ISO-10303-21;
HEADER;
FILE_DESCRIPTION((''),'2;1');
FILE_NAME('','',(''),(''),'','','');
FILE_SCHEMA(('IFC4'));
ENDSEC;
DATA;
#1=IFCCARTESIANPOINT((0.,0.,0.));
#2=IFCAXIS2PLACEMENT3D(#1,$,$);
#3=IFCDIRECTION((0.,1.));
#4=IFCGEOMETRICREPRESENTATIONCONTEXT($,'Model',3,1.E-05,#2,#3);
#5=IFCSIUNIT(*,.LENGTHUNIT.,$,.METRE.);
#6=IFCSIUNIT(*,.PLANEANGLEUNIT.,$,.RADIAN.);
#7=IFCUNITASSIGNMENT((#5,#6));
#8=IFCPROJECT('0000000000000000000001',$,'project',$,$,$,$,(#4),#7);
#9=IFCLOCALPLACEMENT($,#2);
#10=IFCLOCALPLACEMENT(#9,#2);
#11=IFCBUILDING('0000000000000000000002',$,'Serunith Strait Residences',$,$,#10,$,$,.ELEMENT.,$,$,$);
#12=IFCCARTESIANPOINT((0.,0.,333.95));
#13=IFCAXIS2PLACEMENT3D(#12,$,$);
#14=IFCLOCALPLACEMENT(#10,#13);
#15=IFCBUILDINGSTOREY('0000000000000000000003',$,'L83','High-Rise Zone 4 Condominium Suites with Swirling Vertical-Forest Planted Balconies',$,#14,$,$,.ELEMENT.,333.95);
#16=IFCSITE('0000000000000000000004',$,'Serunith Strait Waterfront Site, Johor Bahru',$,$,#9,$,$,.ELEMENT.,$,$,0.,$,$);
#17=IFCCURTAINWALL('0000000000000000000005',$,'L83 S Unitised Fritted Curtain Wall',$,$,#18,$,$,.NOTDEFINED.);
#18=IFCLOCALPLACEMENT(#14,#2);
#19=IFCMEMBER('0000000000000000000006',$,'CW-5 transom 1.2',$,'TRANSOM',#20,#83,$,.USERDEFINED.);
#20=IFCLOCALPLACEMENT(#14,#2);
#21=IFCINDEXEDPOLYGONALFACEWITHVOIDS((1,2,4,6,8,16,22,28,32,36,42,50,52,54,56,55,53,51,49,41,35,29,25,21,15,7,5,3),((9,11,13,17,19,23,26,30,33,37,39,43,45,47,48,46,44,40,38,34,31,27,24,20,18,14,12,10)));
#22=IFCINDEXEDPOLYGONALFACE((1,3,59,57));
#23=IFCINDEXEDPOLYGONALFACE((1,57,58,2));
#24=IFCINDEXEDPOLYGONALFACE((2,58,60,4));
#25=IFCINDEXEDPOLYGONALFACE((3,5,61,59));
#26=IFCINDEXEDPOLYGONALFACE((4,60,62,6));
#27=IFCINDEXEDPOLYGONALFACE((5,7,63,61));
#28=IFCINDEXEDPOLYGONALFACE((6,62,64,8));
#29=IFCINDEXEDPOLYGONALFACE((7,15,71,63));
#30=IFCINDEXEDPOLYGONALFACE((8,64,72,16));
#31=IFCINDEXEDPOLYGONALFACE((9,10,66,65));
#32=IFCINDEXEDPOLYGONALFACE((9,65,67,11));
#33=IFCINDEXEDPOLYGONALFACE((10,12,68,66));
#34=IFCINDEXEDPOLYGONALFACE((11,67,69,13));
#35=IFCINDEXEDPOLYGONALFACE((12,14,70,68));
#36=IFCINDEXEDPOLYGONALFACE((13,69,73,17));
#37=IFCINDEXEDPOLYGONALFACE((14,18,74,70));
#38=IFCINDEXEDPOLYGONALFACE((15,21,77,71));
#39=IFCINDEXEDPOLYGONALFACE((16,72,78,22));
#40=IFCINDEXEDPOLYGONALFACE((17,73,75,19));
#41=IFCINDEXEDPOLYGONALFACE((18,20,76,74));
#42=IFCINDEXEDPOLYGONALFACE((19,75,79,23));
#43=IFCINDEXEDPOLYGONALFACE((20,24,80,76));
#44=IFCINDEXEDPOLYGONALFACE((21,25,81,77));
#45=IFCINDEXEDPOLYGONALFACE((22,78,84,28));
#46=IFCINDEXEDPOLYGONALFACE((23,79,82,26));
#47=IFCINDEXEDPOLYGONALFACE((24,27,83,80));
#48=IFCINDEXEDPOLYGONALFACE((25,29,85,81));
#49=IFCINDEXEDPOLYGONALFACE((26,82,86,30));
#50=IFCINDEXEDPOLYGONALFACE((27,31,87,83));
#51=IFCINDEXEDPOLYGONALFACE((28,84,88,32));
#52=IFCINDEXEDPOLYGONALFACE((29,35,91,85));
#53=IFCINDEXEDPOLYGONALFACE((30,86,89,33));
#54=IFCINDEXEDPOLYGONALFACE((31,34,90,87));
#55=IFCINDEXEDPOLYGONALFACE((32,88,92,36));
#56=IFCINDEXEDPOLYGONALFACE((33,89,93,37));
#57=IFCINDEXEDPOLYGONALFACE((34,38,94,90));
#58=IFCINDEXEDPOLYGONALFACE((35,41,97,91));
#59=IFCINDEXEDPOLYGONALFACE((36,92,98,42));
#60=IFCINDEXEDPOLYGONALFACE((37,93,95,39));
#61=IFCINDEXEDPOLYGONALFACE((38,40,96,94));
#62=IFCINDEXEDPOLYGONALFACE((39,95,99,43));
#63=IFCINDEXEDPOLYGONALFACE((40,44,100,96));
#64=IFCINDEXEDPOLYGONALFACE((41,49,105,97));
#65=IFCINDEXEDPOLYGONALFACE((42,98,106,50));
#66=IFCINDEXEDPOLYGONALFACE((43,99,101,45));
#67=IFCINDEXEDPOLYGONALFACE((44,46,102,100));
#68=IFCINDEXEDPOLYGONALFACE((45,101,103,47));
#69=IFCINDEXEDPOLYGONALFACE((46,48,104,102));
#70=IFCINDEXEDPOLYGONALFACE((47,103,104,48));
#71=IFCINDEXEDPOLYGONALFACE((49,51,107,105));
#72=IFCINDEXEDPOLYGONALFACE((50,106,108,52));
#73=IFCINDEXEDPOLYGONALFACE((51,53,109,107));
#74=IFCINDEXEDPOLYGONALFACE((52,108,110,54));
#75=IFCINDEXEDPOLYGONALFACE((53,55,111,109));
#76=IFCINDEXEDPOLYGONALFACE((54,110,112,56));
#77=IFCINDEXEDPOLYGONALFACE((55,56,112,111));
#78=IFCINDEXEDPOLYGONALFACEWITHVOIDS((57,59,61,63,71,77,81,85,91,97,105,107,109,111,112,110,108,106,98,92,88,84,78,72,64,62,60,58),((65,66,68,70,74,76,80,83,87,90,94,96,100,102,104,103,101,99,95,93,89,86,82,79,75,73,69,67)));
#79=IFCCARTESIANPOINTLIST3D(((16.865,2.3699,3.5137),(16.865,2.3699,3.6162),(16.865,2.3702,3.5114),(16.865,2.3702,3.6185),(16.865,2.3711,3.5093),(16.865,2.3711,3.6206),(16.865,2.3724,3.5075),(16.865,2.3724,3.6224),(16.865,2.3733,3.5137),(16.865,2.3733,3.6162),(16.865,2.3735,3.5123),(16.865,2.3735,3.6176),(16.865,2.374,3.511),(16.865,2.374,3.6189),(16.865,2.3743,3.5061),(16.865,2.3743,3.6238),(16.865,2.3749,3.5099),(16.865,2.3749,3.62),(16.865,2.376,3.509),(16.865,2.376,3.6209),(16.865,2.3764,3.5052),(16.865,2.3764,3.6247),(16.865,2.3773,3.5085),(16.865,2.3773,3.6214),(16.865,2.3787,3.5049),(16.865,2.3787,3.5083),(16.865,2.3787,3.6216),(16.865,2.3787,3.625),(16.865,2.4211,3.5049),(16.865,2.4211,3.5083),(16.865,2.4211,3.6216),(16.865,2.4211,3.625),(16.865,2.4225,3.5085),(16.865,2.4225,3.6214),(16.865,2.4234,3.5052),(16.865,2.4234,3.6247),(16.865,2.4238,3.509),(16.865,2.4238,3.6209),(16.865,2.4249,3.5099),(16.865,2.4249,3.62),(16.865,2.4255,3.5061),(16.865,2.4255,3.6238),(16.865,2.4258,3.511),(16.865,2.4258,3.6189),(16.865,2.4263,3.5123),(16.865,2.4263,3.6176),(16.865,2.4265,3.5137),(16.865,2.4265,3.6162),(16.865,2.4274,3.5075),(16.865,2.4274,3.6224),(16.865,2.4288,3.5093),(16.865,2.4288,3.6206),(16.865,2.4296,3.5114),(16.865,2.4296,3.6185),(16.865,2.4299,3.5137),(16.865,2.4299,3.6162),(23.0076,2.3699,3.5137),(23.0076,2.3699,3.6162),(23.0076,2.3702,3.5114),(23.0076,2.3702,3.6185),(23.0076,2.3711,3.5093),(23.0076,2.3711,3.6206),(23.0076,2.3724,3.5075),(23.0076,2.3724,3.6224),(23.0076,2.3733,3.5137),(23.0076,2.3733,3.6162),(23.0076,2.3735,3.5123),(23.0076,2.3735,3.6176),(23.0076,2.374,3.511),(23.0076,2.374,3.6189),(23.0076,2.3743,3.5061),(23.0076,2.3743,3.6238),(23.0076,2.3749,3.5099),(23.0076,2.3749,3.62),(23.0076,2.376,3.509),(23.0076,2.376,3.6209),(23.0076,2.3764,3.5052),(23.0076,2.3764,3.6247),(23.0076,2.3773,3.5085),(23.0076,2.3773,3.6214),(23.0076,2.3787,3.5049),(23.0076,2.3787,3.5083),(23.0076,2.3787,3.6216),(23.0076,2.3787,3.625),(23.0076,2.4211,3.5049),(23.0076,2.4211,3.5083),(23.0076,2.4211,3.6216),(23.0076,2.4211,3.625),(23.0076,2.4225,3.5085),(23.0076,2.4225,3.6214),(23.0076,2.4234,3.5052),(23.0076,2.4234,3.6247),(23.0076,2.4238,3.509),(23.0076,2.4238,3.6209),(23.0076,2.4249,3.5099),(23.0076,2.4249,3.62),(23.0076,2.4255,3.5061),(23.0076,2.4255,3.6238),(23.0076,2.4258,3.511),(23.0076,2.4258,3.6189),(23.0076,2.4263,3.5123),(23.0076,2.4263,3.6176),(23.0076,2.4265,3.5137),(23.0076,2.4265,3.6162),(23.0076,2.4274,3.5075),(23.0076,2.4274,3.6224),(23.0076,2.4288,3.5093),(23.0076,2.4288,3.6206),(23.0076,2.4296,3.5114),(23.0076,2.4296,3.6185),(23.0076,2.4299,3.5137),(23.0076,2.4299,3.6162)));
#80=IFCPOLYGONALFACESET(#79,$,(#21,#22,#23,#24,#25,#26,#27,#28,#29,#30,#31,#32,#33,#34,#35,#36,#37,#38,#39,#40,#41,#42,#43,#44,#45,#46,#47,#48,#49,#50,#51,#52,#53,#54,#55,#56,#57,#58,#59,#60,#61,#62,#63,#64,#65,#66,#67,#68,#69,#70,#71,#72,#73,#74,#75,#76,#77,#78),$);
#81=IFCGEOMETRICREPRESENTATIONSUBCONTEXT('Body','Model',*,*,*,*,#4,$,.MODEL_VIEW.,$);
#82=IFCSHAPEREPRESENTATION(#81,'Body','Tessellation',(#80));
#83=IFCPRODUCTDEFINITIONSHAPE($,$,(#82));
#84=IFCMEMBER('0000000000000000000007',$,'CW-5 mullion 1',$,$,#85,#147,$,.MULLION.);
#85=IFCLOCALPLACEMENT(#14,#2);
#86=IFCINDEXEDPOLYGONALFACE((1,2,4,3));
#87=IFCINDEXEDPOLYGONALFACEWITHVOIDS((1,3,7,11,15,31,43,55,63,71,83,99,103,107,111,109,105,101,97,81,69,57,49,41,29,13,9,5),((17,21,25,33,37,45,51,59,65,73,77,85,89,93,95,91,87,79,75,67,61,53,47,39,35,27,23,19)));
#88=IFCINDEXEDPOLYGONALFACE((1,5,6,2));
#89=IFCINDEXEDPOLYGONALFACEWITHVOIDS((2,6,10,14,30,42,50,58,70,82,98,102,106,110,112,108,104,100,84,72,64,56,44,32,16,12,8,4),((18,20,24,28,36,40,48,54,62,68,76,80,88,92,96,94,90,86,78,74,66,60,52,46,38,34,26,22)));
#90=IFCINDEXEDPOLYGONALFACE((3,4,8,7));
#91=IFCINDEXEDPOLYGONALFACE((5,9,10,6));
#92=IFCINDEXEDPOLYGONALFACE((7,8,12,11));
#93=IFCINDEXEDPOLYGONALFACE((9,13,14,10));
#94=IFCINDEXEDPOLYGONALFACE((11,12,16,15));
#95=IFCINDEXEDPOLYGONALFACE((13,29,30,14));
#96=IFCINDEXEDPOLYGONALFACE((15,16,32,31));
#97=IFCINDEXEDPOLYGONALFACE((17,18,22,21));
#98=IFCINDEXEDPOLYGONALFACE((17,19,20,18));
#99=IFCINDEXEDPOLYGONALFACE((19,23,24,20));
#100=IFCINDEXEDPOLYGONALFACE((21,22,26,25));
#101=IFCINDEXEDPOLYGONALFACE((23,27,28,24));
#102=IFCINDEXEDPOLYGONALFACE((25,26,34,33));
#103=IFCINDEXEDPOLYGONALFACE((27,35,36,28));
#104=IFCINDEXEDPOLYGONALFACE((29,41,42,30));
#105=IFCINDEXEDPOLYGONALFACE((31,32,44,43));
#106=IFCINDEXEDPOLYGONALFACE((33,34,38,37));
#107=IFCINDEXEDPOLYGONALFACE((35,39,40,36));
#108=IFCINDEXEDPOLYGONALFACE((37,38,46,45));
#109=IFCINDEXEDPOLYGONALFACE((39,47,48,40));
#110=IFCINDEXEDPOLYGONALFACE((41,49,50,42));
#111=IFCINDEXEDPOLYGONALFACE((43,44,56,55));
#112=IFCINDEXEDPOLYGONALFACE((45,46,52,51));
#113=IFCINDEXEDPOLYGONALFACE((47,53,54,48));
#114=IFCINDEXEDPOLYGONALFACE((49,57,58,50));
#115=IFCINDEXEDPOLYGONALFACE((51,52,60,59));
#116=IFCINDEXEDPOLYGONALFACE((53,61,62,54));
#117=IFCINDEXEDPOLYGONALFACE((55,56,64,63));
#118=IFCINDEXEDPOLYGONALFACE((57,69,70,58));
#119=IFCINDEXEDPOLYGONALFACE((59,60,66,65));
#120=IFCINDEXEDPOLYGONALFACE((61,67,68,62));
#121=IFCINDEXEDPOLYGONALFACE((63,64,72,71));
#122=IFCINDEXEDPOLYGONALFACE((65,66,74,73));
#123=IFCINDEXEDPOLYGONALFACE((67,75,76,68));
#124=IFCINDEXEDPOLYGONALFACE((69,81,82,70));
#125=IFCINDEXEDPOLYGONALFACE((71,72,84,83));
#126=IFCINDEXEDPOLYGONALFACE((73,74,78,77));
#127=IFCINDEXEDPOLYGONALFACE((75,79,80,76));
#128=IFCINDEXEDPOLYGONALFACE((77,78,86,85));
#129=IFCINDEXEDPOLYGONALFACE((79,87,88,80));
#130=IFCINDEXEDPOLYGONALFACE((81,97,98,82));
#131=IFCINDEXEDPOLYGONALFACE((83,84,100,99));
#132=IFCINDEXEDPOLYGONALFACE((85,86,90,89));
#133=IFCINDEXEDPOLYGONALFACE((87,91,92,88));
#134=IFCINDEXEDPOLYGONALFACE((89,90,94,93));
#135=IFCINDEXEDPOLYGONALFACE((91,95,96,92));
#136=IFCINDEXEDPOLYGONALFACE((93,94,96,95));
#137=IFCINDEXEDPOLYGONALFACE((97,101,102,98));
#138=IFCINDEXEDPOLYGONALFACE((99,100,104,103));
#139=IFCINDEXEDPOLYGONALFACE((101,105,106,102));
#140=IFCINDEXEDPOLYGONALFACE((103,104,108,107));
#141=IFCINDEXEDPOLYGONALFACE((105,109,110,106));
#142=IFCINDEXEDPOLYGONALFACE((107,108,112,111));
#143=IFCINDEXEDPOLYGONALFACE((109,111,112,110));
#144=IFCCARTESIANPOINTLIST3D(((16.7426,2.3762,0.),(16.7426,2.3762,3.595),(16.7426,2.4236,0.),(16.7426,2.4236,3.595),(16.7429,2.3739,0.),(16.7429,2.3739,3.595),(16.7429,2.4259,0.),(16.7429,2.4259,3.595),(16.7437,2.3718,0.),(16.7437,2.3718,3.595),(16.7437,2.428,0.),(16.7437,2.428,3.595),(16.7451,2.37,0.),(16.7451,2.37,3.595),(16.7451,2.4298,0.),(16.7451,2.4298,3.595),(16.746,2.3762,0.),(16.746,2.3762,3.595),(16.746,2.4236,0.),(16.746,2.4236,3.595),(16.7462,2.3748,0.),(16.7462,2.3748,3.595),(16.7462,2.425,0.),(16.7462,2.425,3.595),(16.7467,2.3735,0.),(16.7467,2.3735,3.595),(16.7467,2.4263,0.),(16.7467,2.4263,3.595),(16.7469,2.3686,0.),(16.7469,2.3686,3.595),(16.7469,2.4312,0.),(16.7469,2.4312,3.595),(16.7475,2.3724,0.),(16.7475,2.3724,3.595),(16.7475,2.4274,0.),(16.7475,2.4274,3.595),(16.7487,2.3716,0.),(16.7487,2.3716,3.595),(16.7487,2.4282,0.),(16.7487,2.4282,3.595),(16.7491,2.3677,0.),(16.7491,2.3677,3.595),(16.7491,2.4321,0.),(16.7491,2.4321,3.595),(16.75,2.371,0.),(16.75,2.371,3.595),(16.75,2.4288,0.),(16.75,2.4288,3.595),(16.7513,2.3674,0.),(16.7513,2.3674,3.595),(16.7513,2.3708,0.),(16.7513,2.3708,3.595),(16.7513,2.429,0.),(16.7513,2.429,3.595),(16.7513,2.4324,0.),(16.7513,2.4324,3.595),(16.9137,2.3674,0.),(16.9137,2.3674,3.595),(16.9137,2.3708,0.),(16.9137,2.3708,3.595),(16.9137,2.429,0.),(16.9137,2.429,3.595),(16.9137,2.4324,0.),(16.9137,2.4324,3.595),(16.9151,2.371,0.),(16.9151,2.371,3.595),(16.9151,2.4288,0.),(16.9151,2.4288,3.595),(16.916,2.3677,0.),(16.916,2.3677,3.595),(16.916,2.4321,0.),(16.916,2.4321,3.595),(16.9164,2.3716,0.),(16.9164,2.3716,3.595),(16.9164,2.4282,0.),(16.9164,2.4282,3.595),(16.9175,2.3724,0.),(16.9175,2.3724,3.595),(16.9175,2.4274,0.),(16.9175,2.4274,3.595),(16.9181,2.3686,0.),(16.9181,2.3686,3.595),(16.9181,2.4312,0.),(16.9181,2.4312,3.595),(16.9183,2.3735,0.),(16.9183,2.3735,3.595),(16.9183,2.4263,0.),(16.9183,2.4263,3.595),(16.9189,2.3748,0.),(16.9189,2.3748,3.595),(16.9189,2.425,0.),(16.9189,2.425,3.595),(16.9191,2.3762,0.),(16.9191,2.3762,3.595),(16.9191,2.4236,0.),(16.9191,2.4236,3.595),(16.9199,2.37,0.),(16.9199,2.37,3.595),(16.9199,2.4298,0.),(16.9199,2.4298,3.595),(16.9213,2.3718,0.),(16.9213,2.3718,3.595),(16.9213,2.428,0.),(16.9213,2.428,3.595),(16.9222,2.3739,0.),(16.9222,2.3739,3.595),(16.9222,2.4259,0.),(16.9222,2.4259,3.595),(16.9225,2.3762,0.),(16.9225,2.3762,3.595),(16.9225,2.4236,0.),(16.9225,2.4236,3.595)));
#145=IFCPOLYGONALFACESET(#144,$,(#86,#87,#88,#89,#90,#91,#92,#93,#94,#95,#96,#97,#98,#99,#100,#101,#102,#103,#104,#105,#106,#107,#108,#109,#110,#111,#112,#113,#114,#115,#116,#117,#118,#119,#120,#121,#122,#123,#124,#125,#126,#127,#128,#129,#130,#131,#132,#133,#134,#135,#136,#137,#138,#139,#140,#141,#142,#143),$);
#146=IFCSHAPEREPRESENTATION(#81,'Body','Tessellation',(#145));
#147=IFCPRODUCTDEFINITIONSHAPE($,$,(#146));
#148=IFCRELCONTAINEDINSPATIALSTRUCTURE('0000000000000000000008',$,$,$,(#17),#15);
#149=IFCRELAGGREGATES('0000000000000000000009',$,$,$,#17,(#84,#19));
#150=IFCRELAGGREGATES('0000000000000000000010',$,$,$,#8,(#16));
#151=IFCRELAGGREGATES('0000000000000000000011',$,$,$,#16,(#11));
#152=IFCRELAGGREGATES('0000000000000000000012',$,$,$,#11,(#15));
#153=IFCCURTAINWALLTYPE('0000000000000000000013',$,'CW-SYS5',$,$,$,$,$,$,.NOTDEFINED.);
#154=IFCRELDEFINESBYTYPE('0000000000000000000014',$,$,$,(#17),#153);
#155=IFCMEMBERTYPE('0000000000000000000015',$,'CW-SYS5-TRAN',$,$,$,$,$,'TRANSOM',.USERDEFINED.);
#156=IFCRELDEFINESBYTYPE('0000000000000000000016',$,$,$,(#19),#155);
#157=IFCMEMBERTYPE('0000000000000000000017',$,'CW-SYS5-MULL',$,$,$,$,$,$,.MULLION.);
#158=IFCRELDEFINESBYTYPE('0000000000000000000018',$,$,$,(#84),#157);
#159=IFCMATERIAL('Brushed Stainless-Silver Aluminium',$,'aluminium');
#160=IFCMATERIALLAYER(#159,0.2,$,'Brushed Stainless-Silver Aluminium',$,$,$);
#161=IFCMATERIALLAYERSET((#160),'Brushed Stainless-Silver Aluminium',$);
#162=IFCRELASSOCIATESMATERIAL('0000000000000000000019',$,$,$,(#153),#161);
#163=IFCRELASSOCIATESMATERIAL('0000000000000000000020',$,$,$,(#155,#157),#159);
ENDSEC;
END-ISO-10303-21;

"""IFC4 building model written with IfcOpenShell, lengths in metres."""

from ifc_helpers import new_model, si_unit, direction, frame, origin, origin_2d, place, context, subcontext, project, spatial, hollow_rectangle, extrude, source, transform, mapped, material, layer, layer_set, material_profile, profile_set, type_object, element, aggregate, save


model = new_model("IFC4")

# Units and contexts
model_context = context("Model", 3, precision=1e-05, world=origin(), true_north=direction((0.0, 1.0)))
body_context = subcontext(model_context, "Body", "Model", "MODEL_VIEW")
ifc_project = project(units=[si_unit("LENGTHUNIT", "METRE"), si_unit("PLANEANGLEUNIT", "RADIAN")], contexts=[model_context])

# Site, building, storey
site_placement = place(None, origin())
site = spatial("IfcSite", under=ifc_project, at=site_placement, Name="Serunith Strait Waterfront Site, Johor Bahru", CompositionType="ELEMENT", RefElevation=0.0)
building_placement = place(site_placement, origin())
building = spatial("IfcBuilding", under=site, at=building_placement, Name="Serunith Strait Residences", CompositionType="ELEMENT")
storey_placement = place(building_placement, frame((0.0, 0.0, 333.95)))
storey = spatial("IfcBuildingStorey", under=building, at=storey_placement, Name="L83", Description="High-Rise Zone 4 Condominium Suites with Swirling Vertical-Forest Planted Balconies", CompositionType="ELEMENT", Elevation=333.95)

# Curtain wall, members
ifc_material_1 = material(Name="Brushed Stainless-Silver Aluminium", Category="aluminium")
ifc_layer_1 = layer(ifc_material_1, 0.2, Name="Brushed Stainless-Silver Aluminium")
ifc_layer_set_1 = layer_set([ifc_layer_1], Name="Brushed Stainless-Silver Aluminium")
curtain_wall_type = type_object("IfcCurtainWallType", Name="CW-SYS5", PredefinedType="NOTDEFINED", material=ifc_layer_set_1)
curtain_wall_1_placement = place(storey_placement, origin())
curtain_wall_1 = element("IfcCurtainWall", 1, at=curtain_wall_1_placement, inside=storey, type_object=curtain_wall_type, Name="L83 S Unitised Fritted Curtain Wall", PredefinedType="NOTDEFINED")
ifc_material_profile_1 = material_profile(ifc_material_1, hollow_rectangle(XDim=0.0601, YDim=0.1201, WallThickness=0.0034, InnerFilletRadius=0.0054, OuterFilletRadius=0.0088, at=origin_2d()), Name="ALU 120x60x3.5")
ifc_profile_set_1 = profile_set([ifc_material_profile_1], Name="Brushed Stainless-Silver Aluminium")
member_type_1 = type_object("IfcMemberType", Name="CW-SYS5-TRAN", ElementType="TRANSOM", PredefinedType="USERDEFINED", material=ifc_profile_set_1)
shared_shape_1 = source(origin(), body_context, "Body", "SweptSolid", [
    extrude(hollow_rectangle(XDim=0.0601, YDim=0.1201, WallThickness=0.0034, InnerFilletRadius=0.0054, OuterFilletRadius=0.0088, at=origin_2d()), origin(), (0.0, 0.0, 1.0), 6.1426),
])
member_1_placement = place(storey_placement, frame((16.865, 2.3999, 3.5649), z_axis=(1.0, 0.0, 0.0), x_axis=(0.0, 1.0, 0.0)))
member_1 = element("IfcMember", 2, at=member_1_placement, type_object=member_type_1, Name="CW-5 transom 1.2", ObjectType="TRANSOM", PredefinedType="USERDEFINED", context=body_context, shape_type="MappedRepresentation", body=[
    mapped(shared_shape_1, transform((0.0, 0.0, 0.0), scale=1.0)),
])
ifc_material_profile_2 = material_profile(ifc_material_1, hollow_rectangle(XDim=0.0649, YDim=0.1799, WallThickness=0.0034, InnerFilletRadius=0.0054, OuterFilletRadius=0.0088, at=origin_2d()), Name="ALU 180x65x3.5")
ifc_profile_set_2 = profile_set([ifc_material_profile_2], Name="Brushed Stainless-Silver Aluminium")
member_type_2 = type_object("IfcMemberType", Name="CW-SYS5-MULL", PredefinedType="MULLION", material=ifc_profile_set_2)
shared_shape_2 = source(origin(), body_context, "Body", "SweptSolid", [
    extrude(hollow_rectangle(XDim=0.0649, YDim=0.1799, WallThickness=0.0034, InnerFilletRadius=0.0054, OuterFilletRadius=0.0088, at=origin_2d()), origin(), (0.0, 0.0, 1.0), 3.595),
])
member_2_placement = place(storey_placement, frame((16.8325, 2.3999, 0.0), z_axis=(0.0, 0.0, 1.0), x_axis=(0.0, 1.0, 0.0)))
member_2 = element("IfcMember", 3, at=member_2_placement, type_object=member_type_2, Name="CW-5 mullion 1", PredefinedType="MULLION", context=body_context, shape_type="MappedRepresentation", body=[
    mapped(shared_shape_2, transform((0.0, 0.0, 0.0), scale=1.0)),
])
aggregate(curtain_wall_1, [member_2, member_1])

save(model, "model.ifc")
